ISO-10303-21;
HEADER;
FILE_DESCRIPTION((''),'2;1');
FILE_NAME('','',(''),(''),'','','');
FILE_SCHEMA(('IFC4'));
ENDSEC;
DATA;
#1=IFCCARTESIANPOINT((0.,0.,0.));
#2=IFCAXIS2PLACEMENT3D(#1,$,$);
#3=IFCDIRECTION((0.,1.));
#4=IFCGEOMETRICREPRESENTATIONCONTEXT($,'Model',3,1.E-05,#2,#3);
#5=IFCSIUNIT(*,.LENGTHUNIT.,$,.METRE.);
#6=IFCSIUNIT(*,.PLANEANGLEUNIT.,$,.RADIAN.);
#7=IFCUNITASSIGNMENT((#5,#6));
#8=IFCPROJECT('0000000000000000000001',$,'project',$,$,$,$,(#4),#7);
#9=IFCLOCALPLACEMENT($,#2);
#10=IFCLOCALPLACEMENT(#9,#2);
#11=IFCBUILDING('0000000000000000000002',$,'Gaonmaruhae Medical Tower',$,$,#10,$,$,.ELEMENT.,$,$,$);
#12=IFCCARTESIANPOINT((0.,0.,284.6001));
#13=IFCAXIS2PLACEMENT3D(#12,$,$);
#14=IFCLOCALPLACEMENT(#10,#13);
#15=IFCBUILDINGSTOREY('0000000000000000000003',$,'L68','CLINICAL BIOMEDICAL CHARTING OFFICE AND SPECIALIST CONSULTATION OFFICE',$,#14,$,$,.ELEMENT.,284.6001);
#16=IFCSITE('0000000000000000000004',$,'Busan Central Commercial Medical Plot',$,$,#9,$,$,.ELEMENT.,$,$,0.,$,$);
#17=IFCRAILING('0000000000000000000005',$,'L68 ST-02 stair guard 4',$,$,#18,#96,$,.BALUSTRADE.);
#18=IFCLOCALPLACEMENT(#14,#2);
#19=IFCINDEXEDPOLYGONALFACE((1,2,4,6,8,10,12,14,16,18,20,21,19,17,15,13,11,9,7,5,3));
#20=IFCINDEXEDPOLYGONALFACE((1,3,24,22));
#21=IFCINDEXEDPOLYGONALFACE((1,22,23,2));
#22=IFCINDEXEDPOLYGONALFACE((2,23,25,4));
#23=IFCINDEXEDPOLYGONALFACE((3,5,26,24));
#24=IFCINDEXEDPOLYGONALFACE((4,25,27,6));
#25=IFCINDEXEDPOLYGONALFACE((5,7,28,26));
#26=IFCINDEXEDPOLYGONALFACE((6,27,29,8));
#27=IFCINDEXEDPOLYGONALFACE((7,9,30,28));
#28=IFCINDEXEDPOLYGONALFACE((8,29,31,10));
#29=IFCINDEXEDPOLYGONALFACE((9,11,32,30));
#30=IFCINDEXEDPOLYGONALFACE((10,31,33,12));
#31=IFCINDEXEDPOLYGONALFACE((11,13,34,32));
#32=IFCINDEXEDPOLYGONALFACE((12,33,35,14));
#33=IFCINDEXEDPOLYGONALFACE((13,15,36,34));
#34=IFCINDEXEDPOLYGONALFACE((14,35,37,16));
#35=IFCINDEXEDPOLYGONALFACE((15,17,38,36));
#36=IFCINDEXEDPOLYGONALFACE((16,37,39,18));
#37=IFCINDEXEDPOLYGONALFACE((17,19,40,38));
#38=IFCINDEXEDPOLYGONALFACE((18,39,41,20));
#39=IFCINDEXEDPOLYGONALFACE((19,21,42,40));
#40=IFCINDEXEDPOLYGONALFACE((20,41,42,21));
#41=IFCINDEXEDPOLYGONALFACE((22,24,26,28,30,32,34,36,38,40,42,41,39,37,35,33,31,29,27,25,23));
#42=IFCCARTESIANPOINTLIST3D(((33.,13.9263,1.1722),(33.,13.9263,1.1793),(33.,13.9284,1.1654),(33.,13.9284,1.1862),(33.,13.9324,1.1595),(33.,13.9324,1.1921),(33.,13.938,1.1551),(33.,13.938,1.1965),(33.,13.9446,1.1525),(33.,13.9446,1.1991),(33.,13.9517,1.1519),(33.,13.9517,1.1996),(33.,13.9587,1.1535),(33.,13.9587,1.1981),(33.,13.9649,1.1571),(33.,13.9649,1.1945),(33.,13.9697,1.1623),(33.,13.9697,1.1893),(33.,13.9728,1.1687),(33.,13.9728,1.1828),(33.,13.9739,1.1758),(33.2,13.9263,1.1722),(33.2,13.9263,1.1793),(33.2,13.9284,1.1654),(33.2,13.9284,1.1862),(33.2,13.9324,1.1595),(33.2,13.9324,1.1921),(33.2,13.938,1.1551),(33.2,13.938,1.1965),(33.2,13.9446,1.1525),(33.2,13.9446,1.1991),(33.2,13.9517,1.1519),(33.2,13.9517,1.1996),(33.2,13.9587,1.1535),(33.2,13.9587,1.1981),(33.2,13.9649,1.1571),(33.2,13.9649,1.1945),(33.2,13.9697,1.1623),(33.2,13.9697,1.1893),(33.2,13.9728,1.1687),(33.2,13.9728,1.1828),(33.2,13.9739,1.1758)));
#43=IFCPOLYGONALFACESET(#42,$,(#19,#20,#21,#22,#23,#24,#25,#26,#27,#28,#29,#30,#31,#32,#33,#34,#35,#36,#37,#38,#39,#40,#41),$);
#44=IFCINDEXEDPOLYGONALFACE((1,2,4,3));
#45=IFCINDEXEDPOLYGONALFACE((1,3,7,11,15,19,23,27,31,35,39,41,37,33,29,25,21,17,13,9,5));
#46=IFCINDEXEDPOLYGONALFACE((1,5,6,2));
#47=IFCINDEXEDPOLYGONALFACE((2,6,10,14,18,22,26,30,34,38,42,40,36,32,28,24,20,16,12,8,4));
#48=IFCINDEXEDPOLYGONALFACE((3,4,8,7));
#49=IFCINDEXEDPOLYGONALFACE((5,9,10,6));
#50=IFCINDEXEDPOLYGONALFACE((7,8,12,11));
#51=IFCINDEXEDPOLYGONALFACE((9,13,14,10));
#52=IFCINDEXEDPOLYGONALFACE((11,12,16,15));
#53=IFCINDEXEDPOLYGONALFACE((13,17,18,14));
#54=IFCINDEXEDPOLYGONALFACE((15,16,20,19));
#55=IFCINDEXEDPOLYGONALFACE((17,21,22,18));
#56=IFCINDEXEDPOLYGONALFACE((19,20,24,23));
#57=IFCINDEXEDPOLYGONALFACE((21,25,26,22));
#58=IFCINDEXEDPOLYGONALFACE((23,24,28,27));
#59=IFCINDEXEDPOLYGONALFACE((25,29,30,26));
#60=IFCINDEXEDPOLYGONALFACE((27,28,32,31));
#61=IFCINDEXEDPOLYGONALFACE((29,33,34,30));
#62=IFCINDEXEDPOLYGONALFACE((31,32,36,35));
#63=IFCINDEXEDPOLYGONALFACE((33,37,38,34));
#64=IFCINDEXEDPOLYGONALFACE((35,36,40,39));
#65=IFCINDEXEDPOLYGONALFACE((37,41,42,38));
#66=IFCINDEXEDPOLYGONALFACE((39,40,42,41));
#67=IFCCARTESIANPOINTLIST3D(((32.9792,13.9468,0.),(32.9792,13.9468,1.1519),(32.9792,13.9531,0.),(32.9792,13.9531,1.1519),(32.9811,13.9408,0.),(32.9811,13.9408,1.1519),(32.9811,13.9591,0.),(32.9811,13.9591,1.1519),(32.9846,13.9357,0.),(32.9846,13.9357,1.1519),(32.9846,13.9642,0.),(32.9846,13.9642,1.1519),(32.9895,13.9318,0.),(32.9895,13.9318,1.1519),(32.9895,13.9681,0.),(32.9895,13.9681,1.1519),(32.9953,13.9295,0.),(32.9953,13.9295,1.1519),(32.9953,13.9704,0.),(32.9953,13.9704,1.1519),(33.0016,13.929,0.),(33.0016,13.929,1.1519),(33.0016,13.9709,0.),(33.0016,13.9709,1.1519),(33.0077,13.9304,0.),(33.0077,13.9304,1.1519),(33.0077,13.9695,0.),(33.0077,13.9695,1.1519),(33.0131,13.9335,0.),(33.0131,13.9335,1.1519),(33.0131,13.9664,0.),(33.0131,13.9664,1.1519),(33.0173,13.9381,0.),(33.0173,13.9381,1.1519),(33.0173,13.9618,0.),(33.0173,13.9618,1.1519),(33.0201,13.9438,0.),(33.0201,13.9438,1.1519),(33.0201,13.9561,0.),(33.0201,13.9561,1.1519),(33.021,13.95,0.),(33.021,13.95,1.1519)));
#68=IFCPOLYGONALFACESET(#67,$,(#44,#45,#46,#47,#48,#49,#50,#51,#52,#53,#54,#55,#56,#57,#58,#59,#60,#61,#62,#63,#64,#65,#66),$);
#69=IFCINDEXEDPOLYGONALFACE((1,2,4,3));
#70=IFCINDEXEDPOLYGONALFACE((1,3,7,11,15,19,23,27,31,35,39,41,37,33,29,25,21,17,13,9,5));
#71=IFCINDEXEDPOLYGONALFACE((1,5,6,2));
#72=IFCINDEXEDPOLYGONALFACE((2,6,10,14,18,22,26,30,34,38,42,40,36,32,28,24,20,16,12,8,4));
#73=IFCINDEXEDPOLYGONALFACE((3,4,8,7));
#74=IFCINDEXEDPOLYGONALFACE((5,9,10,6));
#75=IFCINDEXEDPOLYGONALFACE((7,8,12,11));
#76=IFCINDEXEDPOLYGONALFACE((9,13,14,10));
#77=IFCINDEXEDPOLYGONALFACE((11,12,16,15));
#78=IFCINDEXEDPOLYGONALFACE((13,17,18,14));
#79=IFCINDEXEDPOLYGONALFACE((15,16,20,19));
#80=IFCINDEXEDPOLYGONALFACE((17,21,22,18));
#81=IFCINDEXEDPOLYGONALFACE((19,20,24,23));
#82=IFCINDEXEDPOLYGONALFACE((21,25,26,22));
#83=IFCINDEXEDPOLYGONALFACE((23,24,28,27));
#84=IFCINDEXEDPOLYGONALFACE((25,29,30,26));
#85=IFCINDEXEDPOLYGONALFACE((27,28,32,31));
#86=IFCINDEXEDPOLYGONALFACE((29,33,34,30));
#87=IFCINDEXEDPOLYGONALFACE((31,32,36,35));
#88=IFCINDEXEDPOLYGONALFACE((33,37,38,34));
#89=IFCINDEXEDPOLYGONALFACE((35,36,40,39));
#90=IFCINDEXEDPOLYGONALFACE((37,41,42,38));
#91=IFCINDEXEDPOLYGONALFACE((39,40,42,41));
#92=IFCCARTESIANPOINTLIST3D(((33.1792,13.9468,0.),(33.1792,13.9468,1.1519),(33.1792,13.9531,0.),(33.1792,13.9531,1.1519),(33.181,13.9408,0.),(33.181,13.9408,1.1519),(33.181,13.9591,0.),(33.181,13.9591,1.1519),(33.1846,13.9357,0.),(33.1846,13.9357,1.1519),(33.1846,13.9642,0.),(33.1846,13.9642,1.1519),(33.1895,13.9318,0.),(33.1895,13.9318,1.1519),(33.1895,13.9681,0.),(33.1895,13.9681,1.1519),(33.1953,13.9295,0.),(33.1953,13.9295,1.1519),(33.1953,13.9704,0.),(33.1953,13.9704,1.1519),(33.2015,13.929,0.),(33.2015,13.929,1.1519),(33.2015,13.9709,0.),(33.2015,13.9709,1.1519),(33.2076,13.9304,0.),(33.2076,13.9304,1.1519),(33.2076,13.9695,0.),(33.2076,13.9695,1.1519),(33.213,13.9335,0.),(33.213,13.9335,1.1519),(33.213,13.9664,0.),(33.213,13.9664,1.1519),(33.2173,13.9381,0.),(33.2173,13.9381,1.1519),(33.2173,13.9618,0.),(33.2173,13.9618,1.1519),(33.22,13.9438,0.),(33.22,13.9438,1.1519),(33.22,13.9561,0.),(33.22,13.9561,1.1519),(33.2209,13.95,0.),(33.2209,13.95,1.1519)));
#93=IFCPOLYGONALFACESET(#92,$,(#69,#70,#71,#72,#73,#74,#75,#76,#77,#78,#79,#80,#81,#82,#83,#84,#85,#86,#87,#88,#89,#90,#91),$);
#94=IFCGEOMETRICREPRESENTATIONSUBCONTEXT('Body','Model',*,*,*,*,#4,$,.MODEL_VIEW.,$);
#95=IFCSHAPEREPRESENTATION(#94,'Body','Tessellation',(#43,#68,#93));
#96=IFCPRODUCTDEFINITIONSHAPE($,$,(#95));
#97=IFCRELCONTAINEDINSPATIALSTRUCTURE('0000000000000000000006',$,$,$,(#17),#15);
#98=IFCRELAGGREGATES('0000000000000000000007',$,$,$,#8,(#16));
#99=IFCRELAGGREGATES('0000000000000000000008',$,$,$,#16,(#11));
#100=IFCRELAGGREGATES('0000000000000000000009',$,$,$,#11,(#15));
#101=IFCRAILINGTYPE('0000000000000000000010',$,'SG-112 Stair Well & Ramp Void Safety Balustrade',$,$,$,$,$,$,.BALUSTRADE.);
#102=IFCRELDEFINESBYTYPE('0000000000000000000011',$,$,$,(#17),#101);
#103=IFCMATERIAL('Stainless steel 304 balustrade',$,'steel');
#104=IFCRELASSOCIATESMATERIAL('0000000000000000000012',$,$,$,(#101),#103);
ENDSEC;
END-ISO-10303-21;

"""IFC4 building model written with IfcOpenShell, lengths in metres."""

from ifc_helpers import new_model, si_unit, direction, frame, origin, origin_2d, place, context, subcontext, project, spatial, circle, extrude, material, type_object, element, save


model = new_model("IFC4")

# Units and contexts
model_context = context("Model", 3, precision=1e-05, world=origin(), true_north=direction((0.0, 1.0)))
body_context = subcontext(model_context, "Body", "Model", "MODEL_VIEW")
ifc_project = project(units=[si_unit("LENGTHUNIT", "METRE"), si_unit("PLANEANGLEUNIT", "RADIAN")], contexts=[model_context])

# Site, building, storey
site_placement = place(None, origin())
site = spatial("IfcSite", under=ifc_project, at=site_placement, Name="Busan Central Commercial Medical Plot", CompositionType="ELEMENT", RefElevation=0.0)
building_placement = place(site_placement, origin())
building = spatial("IfcBuilding", under=site, at=building_placement, Name="Gaonmaruhae Medical Tower", CompositionType="ELEMENT")
storey_placement = place(building_placement, frame((0.0, 0.0, 284.6001)))
storey = spatial("IfcBuildingStorey", under=building, at=storey_placement, Name="L68", Description="CLINICAL BIOMEDICAL CHARTING OFFICE AND SPECIALIST CONSULTATION OFFICE", CompositionType="ELEMENT", Elevation=284.6001)

# Railing
ifc_material_1 = material(Name="Stainless steel 304 balustrade", Category="steel")
railing_type_1 = type_object("IfcRailingType", Name="SG-112 Stair Well & Ramp Void Safety Balustrade", PredefinedType="BALUSTRADE", material=ifc_material_1)
railing_1_placement = place(storey_placement, frame((33.0, 13.95, 0.0)))
element("IfcRailing", 1, at=railing_1_placement, inside=storey, type_object=railing_type_1, Name="L68 ST-02 stair guard 4", PredefinedType="BALUSTRADE", context=body_context, shape_type="SweptSolid", body=[
    extrude(circle(Radius=0.0239, at=origin_2d()), frame((0.0, 0.0, 1.1758), z_axis=(1.0, 0.0, 0.0), x_axis=(0.0, 1.0, 0.0)), (0.0, 0.0, 1.0), 0.2),
    extrude(circle(Radius=0.021, at=origin_2d()), origin(), (0.0, 0.0, 1.0), 1.1519),
    extrude(circle(Radius=0.021, at=origin_2d()), frame((0.2, 0.0, 0.0)), (0.0, 0.0, 1.0), 1.1519),
])

save(model, "model.ifc")
